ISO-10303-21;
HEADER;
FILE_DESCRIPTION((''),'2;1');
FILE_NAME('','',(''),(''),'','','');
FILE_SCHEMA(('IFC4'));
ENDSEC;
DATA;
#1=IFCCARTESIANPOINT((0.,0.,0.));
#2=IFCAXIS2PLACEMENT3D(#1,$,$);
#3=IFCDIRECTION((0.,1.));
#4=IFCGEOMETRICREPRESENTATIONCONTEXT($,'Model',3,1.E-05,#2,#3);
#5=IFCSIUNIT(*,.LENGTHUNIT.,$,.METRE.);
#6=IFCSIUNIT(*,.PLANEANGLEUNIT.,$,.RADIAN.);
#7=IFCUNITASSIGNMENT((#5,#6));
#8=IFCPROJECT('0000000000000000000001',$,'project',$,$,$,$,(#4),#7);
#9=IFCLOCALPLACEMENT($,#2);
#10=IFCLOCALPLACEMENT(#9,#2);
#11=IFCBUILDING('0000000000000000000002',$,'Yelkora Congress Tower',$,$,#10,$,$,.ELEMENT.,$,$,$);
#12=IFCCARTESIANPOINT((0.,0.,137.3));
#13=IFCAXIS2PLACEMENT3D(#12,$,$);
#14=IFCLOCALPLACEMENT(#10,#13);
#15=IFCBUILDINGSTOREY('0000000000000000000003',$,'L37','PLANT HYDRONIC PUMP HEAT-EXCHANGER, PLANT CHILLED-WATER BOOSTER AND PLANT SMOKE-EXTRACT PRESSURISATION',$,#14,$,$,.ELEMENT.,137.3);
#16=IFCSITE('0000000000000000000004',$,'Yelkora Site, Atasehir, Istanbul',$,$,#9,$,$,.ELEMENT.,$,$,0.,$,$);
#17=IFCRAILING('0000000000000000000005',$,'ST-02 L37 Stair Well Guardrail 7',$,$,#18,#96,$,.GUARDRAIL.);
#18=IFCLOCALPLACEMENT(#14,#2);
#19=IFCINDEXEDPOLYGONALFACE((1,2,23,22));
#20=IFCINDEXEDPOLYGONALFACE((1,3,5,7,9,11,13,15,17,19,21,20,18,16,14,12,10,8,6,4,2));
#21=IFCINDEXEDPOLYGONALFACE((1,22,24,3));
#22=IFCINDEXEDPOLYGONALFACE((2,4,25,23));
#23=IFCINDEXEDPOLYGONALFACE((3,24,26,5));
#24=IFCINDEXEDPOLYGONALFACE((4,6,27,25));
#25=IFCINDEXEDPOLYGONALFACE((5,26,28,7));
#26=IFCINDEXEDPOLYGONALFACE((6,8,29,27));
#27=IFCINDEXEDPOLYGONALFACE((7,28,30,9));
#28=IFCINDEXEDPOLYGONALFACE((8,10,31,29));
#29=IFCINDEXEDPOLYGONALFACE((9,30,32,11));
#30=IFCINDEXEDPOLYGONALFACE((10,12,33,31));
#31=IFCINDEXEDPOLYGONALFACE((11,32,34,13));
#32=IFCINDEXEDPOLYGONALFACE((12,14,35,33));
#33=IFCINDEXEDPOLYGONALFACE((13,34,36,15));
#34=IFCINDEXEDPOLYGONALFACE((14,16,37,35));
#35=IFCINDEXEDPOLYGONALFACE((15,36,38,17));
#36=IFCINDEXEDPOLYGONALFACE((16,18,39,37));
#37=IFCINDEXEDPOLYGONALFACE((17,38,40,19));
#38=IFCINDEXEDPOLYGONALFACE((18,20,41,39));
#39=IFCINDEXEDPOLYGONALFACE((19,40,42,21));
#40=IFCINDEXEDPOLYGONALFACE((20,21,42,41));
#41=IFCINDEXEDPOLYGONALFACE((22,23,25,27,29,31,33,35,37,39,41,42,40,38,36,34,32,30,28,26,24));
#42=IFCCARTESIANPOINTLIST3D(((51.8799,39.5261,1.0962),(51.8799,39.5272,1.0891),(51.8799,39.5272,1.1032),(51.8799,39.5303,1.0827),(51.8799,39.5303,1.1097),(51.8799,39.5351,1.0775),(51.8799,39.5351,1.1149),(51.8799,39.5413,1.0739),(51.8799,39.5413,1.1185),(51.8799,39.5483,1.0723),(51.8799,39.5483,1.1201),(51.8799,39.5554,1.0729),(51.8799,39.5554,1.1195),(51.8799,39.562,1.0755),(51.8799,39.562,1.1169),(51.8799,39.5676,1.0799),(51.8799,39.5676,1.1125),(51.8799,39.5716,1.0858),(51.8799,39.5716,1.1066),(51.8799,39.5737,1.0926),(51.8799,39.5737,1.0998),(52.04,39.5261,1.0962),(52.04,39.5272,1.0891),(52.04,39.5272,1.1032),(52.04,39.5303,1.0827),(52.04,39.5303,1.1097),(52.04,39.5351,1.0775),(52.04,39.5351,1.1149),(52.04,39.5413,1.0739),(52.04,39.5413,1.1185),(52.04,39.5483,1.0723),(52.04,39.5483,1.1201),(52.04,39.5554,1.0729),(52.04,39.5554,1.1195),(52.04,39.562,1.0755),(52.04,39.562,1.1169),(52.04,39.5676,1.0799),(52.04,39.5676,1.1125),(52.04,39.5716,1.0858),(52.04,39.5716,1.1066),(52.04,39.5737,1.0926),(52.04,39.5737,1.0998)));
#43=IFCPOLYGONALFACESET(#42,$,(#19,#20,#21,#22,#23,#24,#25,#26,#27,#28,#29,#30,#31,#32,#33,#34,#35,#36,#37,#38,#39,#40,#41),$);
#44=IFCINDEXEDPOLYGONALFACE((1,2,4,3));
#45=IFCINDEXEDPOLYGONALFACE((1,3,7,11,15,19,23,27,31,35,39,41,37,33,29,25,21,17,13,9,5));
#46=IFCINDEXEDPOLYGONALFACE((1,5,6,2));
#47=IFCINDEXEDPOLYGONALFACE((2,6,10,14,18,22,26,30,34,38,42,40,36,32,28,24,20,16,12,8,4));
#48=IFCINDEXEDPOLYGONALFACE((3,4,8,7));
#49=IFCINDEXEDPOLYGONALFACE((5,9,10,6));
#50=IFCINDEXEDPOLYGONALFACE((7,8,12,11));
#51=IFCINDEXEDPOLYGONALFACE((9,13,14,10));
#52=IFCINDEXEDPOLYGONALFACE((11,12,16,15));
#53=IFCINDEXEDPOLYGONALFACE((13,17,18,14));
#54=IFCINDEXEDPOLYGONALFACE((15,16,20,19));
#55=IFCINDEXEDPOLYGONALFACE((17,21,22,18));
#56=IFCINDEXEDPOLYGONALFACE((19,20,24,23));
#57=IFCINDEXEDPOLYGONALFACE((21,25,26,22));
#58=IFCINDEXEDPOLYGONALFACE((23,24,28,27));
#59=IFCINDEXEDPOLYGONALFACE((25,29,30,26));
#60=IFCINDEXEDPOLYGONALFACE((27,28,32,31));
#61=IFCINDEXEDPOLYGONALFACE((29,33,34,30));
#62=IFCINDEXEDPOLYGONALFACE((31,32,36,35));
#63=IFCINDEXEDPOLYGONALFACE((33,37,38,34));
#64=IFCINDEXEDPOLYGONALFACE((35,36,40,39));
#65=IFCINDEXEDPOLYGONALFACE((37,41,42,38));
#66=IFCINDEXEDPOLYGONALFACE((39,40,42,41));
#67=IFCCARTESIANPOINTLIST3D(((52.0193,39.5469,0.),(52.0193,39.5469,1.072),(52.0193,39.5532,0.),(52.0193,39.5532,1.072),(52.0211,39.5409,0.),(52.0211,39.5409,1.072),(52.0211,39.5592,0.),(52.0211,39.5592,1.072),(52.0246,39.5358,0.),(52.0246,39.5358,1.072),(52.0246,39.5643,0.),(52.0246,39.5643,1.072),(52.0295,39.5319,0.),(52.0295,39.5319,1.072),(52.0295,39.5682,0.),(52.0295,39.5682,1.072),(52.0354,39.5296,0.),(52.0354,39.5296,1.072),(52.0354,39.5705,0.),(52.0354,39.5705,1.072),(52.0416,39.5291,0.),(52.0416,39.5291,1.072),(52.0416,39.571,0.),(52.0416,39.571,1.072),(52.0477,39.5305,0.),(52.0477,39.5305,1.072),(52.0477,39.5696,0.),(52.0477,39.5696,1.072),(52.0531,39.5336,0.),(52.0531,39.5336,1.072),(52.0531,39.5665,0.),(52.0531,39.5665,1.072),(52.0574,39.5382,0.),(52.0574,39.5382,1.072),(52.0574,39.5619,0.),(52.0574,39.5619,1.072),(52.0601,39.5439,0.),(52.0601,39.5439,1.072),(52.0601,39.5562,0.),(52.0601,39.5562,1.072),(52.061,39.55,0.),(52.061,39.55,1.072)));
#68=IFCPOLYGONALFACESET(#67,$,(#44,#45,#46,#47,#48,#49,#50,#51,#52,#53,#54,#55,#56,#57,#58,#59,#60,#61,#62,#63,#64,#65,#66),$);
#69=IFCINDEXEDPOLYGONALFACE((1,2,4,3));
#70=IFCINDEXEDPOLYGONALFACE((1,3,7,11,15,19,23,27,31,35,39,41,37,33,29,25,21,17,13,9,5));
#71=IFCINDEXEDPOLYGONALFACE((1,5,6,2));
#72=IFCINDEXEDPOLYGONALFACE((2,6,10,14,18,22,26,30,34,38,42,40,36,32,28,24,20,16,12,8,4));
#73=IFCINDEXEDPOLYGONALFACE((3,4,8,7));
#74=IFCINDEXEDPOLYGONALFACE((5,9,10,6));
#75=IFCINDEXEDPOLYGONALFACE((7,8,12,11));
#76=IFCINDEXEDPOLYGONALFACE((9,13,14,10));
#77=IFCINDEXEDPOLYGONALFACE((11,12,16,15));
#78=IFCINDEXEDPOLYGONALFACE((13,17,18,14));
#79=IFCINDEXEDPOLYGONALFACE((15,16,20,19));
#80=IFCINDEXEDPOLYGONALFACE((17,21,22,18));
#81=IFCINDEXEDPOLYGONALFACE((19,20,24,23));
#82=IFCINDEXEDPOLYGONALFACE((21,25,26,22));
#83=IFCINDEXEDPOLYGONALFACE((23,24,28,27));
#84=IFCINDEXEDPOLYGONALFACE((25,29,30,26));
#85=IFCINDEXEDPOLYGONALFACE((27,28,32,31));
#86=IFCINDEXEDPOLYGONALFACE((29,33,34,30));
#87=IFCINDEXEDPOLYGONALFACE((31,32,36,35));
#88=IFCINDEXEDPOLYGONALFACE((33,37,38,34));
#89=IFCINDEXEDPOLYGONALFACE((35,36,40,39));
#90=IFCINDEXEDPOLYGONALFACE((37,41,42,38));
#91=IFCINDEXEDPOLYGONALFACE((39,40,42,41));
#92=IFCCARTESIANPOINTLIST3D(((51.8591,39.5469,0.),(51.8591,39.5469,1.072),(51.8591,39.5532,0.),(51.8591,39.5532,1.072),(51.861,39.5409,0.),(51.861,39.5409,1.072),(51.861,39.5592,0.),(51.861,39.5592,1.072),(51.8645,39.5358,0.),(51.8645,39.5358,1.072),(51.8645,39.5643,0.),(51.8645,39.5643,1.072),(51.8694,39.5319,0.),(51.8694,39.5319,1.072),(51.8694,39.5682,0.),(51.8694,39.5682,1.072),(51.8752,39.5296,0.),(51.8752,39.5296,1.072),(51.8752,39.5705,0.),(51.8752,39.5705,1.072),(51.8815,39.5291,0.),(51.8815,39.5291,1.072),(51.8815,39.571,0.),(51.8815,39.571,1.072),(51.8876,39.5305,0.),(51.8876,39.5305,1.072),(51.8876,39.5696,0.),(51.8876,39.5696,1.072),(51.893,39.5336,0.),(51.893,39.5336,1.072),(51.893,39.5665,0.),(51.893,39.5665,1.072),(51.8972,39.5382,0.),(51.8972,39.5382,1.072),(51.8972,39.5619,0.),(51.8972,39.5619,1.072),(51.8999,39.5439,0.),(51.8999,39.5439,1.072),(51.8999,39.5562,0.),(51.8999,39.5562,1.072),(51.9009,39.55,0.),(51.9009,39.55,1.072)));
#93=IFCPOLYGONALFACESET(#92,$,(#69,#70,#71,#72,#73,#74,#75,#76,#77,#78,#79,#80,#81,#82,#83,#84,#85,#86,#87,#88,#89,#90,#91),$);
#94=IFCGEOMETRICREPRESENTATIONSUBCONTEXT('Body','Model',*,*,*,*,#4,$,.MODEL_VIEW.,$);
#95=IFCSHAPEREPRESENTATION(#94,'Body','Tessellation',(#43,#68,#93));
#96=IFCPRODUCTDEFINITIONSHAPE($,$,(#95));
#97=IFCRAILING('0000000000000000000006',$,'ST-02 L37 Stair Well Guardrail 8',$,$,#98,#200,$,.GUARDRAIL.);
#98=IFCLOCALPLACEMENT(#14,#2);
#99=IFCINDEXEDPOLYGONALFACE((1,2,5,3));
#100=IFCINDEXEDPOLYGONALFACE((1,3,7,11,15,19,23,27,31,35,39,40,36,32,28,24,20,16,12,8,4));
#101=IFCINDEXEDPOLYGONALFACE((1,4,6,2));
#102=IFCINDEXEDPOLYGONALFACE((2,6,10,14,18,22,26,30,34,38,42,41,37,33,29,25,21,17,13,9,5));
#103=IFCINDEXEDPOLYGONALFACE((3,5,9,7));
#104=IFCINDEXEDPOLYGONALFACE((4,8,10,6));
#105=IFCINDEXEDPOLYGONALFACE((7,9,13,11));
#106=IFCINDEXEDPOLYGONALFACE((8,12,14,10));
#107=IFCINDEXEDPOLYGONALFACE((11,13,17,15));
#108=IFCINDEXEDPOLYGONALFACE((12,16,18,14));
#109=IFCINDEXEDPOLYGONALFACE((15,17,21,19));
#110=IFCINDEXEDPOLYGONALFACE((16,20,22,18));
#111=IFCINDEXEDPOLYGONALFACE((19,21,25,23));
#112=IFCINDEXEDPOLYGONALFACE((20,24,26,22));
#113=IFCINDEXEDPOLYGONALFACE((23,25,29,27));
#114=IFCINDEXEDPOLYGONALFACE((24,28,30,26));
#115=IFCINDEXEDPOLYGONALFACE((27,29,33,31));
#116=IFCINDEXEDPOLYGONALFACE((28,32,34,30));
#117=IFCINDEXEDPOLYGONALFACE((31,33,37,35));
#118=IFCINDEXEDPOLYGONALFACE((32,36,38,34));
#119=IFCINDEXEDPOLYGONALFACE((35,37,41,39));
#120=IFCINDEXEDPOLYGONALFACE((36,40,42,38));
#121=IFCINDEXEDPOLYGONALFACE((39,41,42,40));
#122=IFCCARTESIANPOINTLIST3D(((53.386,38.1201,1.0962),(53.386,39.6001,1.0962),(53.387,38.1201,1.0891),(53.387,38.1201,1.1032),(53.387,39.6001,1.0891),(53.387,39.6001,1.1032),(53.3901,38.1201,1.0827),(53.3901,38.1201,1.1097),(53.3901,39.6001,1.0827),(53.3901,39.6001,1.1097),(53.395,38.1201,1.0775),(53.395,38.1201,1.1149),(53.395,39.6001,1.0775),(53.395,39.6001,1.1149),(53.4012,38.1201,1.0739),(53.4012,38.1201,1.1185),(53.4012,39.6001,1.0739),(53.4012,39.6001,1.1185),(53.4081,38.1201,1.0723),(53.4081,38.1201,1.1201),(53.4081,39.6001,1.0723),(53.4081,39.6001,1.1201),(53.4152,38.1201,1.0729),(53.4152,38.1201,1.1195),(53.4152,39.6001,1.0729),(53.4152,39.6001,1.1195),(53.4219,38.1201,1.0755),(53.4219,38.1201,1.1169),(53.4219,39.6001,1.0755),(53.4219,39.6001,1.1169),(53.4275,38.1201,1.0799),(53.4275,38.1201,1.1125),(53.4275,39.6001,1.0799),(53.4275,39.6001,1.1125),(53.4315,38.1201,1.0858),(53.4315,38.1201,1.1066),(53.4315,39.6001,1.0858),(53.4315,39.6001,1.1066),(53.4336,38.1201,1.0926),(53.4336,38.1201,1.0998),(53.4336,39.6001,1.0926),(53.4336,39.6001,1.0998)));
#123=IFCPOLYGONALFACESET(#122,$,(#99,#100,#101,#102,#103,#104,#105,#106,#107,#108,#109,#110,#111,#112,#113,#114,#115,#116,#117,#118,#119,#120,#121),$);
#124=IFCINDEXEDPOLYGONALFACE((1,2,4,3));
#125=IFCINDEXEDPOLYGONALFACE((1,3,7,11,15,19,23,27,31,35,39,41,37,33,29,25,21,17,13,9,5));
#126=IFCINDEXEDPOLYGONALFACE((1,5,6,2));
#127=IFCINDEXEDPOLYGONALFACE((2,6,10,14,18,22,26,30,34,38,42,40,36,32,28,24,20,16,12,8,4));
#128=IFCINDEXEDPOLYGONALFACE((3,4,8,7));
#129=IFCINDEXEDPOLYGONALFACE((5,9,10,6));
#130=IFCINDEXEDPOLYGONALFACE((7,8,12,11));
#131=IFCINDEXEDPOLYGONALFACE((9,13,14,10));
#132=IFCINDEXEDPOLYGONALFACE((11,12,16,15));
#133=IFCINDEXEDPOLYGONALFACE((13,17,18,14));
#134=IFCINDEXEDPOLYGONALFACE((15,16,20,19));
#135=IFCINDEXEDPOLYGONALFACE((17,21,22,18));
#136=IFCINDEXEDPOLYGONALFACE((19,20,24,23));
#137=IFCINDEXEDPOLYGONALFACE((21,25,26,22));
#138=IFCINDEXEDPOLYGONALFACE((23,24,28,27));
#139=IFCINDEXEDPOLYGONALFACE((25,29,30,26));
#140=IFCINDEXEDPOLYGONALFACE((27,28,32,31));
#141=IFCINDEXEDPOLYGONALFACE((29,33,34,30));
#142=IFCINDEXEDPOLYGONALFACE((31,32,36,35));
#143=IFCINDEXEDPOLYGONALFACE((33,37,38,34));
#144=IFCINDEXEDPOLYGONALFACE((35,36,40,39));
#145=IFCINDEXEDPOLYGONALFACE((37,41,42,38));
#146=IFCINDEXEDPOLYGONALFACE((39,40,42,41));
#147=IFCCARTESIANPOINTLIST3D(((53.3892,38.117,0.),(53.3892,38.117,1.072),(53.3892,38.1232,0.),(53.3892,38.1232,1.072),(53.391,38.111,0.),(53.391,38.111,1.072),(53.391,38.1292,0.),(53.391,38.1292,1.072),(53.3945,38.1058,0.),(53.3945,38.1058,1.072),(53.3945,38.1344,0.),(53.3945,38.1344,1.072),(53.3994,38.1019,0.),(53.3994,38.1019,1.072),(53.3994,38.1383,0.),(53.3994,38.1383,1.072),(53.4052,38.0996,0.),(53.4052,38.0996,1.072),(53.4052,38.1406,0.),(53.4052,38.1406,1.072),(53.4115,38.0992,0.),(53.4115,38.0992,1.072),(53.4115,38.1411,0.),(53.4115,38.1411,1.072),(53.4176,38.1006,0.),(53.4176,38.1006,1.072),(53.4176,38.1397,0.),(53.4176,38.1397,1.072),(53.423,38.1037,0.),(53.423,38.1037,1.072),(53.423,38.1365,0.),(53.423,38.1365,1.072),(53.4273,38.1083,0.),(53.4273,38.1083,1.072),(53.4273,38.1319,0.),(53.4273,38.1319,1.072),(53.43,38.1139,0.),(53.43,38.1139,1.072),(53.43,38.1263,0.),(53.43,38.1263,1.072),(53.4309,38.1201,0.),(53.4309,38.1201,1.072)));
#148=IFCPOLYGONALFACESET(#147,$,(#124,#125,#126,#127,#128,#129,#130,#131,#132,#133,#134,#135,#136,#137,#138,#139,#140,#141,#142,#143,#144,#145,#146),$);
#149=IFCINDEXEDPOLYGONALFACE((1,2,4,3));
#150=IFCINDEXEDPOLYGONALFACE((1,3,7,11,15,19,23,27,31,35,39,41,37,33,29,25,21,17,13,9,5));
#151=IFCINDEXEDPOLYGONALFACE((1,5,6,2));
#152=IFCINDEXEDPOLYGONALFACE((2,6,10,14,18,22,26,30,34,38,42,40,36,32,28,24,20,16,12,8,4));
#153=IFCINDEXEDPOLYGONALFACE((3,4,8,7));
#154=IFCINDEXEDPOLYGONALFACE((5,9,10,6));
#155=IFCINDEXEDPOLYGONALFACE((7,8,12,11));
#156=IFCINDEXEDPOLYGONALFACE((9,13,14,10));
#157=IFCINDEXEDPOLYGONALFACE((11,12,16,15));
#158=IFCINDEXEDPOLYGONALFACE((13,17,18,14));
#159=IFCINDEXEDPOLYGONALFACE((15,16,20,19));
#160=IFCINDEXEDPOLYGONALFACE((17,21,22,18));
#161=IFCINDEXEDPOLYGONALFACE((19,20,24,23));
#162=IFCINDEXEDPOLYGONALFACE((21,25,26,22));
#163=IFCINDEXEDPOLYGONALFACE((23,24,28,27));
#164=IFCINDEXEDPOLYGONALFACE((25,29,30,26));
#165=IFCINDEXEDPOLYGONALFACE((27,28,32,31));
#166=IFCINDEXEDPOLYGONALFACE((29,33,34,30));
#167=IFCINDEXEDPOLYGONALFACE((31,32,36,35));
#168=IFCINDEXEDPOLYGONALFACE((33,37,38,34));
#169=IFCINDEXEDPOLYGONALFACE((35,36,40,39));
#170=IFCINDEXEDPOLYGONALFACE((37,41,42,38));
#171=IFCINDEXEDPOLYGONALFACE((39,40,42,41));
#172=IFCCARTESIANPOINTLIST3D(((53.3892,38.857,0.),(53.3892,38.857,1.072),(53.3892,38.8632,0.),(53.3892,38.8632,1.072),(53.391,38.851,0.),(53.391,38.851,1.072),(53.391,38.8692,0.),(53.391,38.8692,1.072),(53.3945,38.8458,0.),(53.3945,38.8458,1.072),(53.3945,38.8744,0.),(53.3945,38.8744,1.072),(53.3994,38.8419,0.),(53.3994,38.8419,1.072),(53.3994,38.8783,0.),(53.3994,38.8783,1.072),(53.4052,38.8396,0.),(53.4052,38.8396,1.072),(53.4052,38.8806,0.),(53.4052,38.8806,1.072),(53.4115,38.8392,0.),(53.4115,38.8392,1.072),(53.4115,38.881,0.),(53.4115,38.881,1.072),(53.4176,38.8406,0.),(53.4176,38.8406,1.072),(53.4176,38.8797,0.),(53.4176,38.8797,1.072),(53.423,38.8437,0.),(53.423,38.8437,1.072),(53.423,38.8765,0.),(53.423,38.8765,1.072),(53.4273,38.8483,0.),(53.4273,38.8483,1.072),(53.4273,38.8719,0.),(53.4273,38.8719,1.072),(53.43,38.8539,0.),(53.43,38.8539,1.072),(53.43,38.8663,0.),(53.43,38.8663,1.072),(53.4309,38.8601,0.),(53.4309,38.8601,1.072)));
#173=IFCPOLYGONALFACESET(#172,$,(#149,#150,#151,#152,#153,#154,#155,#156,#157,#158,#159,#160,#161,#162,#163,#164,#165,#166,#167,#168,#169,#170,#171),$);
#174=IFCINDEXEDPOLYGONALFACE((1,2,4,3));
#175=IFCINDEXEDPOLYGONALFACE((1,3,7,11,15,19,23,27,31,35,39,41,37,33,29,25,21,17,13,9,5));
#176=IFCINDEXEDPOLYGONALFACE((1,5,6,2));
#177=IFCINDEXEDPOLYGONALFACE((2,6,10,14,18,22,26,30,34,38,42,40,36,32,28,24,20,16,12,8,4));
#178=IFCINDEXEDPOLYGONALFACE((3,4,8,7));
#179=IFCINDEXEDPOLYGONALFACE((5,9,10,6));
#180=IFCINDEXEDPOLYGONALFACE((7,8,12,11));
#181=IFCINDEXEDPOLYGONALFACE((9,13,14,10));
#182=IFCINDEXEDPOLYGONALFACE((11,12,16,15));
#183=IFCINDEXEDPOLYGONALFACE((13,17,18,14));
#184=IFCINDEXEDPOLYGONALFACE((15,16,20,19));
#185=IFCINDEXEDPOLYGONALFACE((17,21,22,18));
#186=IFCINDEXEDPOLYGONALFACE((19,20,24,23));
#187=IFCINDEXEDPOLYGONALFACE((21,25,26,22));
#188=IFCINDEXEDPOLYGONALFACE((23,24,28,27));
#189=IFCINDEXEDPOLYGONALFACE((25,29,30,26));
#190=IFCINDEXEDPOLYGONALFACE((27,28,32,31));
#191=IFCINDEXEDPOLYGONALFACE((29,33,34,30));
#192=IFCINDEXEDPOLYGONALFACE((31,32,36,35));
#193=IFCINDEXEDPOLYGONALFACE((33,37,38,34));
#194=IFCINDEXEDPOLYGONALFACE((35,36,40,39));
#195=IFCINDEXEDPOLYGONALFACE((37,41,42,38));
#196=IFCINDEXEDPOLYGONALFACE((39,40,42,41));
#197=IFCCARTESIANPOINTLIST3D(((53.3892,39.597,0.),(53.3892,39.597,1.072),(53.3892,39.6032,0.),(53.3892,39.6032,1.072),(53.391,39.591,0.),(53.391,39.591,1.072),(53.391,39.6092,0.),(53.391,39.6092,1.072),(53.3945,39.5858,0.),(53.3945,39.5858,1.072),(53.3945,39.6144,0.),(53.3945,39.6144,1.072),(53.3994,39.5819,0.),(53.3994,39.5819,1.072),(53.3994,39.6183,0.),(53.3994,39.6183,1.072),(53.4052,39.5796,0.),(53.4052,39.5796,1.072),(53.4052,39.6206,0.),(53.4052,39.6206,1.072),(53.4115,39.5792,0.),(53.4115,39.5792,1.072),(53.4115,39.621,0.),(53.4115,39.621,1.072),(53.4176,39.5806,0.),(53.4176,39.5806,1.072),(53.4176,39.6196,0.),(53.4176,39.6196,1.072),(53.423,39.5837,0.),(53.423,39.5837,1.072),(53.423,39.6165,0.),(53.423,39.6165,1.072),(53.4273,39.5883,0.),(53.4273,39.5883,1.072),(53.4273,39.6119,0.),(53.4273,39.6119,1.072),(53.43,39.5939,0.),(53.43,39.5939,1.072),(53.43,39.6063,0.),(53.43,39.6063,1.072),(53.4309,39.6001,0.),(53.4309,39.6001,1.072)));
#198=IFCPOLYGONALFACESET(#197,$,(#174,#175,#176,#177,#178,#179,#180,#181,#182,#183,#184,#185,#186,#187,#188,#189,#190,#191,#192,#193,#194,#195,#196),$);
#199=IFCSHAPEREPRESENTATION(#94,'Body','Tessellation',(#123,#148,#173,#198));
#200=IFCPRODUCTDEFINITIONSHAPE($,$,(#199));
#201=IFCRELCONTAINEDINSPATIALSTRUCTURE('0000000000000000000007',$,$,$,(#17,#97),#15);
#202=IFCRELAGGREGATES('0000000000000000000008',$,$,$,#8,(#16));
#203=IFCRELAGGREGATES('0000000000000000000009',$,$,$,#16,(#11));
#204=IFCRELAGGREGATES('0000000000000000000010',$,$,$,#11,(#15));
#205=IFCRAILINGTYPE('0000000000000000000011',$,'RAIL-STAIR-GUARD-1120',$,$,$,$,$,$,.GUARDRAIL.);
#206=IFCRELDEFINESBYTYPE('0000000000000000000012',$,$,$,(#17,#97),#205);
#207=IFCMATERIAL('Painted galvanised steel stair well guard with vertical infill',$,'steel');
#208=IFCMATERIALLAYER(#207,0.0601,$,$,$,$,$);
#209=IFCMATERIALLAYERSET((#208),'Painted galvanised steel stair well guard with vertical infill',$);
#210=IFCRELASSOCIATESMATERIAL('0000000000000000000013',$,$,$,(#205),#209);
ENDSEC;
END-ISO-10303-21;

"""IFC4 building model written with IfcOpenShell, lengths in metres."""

from ifc_helpers import new_model, si_unit, direction, frame, origin, origin_2d, place, context, subcontext, project, spatial, circle, extrude, material, layer, layer_set, type_object, element, save


model = new_model("IFC4")

# Units and contexts
model_context = context("Model", 3, precision=1e-05, world=origin(), true_north=direction((0.0, 1.0)))
body_context = subcontext(model_context, "Body", "Model", "MODEL_VIEW")
ifc_project = project(units=[si_unit("LENGTHUNIT", "METRE"), si_unit("PLANEANGLEUNIT", "RADIAN")], contexts=[model_context])

# Site, building, storey
site_placement = place(None, origin())
site = spatial("IfcSite", under=ifc_project, at=site_placement, Name="Yelkora Site, Atasehir, Istanbul", CompositionType="ELEMENT", RefElevation=0.0)
building_placement = place(site_placement, origin())
building = spatial("IfcBuilding", under=site, at=building_placement, Name="Yelkora Congress Tower", CompositionType="ELEMENT")
storey_placement = place(building_placement, frame((0.0, 0.0, 137.3)))
storey = spatial("IfcBuildingStorey", under=building, at=storey_placement, Name="L37", Description="PLANT HYDRONIC PUMP HEAT-EXCHANGER, PLANT CHILLED-WATER BOOSTER AND PLANT SMOKE-EXTRACT PRESSURISATION", CompositionType="ELEMENT", Elevation=137.3)

# Railings
ifc_material_1 = material(Name="Painted galvanised steel stair well guard with vertical infill", Category="steel")
ifc_layer_1 = layer(ifc_material_1, 0.0601)
ifc_layer_set_1 = layer_set([ifc_layer_1], Name="Painted galvanised steel stair well guard with vertical infill")
railing_type_1 = type_object("IfcRailingType", Name="RAIL-STAIR-GUARD-1120", PredefinedType="GUARDRAIL", material=ifc_layer_set_1)
railing_1_placement = place(storey_placement, frame((52.04, 39.55, 0.0)))
element("IfcRailing", 1, at=railing_1_placement, inside=storey, type_object=railing_type_1, Name="ST-02 L37 Stair Well Guardrail 7", PredefinedType="GUARDRAIL", context=body_context, shape_type="SweptSolid", body=[
    extrude(circle(Radius=0.0239, at=origin_2d()), frame((0.0, 0.0, 1.0962), z_axis=(-1.0, 0.0, 0.0), x_axis=(0.0, -1.0, 0.0)), (0.0, 0.0, 1.0), 0.1602),
    extrude(circle(Radius=0.021, at=origin_2d()), origin(), (0.0, 0.0, 1.0), 1.072),
    extrude(circle(Radius=0.021, at=origin_2d()), frame((-0.1602, 0.0, 0.0)), (0.0, 0.0, 1.0), 1.072),
])
for number, where, name in (
    (2, (53.4099, 38.1201, 0.0), "ST-02 L37 Stair Well Guardrail 8"),
):
    element("IfcRailing", number, at=place(storey_placement, frame(where)), inside=storey, type_object=railing_type_1, Name=name, PredefinedType="GUARDRAIL", context=body_context, shape_type="SweptSolid", body=[
        extrude(circle(Radius=0.0239, at=origin_2d()), frame((0.0, 0.0, 1.0962), z_axis=(0.0, 1.0, 0.0), x_axis=(-1.0, 0.0, 0.0)), (0.0, 0.0, 1.0), 1.48),
        extrude(circle(Radius=0.021, at=origin_2d()), origin(), (0.0, 0.0, 1.0), 1.072),
        extrude(circle(Radius=0.021, at=origin_2d()), frame((0.0, 0.74, 0.0)), (0.0, 0.0, 1.0), 1.072),
        extrude(circle(Radius=0.021, at=origin_2d()), frame((0.0, 1.48, 0.0)), (0.0, 0.0, 1.0), 1.072),
    ])

save(model, "model.ifc")
